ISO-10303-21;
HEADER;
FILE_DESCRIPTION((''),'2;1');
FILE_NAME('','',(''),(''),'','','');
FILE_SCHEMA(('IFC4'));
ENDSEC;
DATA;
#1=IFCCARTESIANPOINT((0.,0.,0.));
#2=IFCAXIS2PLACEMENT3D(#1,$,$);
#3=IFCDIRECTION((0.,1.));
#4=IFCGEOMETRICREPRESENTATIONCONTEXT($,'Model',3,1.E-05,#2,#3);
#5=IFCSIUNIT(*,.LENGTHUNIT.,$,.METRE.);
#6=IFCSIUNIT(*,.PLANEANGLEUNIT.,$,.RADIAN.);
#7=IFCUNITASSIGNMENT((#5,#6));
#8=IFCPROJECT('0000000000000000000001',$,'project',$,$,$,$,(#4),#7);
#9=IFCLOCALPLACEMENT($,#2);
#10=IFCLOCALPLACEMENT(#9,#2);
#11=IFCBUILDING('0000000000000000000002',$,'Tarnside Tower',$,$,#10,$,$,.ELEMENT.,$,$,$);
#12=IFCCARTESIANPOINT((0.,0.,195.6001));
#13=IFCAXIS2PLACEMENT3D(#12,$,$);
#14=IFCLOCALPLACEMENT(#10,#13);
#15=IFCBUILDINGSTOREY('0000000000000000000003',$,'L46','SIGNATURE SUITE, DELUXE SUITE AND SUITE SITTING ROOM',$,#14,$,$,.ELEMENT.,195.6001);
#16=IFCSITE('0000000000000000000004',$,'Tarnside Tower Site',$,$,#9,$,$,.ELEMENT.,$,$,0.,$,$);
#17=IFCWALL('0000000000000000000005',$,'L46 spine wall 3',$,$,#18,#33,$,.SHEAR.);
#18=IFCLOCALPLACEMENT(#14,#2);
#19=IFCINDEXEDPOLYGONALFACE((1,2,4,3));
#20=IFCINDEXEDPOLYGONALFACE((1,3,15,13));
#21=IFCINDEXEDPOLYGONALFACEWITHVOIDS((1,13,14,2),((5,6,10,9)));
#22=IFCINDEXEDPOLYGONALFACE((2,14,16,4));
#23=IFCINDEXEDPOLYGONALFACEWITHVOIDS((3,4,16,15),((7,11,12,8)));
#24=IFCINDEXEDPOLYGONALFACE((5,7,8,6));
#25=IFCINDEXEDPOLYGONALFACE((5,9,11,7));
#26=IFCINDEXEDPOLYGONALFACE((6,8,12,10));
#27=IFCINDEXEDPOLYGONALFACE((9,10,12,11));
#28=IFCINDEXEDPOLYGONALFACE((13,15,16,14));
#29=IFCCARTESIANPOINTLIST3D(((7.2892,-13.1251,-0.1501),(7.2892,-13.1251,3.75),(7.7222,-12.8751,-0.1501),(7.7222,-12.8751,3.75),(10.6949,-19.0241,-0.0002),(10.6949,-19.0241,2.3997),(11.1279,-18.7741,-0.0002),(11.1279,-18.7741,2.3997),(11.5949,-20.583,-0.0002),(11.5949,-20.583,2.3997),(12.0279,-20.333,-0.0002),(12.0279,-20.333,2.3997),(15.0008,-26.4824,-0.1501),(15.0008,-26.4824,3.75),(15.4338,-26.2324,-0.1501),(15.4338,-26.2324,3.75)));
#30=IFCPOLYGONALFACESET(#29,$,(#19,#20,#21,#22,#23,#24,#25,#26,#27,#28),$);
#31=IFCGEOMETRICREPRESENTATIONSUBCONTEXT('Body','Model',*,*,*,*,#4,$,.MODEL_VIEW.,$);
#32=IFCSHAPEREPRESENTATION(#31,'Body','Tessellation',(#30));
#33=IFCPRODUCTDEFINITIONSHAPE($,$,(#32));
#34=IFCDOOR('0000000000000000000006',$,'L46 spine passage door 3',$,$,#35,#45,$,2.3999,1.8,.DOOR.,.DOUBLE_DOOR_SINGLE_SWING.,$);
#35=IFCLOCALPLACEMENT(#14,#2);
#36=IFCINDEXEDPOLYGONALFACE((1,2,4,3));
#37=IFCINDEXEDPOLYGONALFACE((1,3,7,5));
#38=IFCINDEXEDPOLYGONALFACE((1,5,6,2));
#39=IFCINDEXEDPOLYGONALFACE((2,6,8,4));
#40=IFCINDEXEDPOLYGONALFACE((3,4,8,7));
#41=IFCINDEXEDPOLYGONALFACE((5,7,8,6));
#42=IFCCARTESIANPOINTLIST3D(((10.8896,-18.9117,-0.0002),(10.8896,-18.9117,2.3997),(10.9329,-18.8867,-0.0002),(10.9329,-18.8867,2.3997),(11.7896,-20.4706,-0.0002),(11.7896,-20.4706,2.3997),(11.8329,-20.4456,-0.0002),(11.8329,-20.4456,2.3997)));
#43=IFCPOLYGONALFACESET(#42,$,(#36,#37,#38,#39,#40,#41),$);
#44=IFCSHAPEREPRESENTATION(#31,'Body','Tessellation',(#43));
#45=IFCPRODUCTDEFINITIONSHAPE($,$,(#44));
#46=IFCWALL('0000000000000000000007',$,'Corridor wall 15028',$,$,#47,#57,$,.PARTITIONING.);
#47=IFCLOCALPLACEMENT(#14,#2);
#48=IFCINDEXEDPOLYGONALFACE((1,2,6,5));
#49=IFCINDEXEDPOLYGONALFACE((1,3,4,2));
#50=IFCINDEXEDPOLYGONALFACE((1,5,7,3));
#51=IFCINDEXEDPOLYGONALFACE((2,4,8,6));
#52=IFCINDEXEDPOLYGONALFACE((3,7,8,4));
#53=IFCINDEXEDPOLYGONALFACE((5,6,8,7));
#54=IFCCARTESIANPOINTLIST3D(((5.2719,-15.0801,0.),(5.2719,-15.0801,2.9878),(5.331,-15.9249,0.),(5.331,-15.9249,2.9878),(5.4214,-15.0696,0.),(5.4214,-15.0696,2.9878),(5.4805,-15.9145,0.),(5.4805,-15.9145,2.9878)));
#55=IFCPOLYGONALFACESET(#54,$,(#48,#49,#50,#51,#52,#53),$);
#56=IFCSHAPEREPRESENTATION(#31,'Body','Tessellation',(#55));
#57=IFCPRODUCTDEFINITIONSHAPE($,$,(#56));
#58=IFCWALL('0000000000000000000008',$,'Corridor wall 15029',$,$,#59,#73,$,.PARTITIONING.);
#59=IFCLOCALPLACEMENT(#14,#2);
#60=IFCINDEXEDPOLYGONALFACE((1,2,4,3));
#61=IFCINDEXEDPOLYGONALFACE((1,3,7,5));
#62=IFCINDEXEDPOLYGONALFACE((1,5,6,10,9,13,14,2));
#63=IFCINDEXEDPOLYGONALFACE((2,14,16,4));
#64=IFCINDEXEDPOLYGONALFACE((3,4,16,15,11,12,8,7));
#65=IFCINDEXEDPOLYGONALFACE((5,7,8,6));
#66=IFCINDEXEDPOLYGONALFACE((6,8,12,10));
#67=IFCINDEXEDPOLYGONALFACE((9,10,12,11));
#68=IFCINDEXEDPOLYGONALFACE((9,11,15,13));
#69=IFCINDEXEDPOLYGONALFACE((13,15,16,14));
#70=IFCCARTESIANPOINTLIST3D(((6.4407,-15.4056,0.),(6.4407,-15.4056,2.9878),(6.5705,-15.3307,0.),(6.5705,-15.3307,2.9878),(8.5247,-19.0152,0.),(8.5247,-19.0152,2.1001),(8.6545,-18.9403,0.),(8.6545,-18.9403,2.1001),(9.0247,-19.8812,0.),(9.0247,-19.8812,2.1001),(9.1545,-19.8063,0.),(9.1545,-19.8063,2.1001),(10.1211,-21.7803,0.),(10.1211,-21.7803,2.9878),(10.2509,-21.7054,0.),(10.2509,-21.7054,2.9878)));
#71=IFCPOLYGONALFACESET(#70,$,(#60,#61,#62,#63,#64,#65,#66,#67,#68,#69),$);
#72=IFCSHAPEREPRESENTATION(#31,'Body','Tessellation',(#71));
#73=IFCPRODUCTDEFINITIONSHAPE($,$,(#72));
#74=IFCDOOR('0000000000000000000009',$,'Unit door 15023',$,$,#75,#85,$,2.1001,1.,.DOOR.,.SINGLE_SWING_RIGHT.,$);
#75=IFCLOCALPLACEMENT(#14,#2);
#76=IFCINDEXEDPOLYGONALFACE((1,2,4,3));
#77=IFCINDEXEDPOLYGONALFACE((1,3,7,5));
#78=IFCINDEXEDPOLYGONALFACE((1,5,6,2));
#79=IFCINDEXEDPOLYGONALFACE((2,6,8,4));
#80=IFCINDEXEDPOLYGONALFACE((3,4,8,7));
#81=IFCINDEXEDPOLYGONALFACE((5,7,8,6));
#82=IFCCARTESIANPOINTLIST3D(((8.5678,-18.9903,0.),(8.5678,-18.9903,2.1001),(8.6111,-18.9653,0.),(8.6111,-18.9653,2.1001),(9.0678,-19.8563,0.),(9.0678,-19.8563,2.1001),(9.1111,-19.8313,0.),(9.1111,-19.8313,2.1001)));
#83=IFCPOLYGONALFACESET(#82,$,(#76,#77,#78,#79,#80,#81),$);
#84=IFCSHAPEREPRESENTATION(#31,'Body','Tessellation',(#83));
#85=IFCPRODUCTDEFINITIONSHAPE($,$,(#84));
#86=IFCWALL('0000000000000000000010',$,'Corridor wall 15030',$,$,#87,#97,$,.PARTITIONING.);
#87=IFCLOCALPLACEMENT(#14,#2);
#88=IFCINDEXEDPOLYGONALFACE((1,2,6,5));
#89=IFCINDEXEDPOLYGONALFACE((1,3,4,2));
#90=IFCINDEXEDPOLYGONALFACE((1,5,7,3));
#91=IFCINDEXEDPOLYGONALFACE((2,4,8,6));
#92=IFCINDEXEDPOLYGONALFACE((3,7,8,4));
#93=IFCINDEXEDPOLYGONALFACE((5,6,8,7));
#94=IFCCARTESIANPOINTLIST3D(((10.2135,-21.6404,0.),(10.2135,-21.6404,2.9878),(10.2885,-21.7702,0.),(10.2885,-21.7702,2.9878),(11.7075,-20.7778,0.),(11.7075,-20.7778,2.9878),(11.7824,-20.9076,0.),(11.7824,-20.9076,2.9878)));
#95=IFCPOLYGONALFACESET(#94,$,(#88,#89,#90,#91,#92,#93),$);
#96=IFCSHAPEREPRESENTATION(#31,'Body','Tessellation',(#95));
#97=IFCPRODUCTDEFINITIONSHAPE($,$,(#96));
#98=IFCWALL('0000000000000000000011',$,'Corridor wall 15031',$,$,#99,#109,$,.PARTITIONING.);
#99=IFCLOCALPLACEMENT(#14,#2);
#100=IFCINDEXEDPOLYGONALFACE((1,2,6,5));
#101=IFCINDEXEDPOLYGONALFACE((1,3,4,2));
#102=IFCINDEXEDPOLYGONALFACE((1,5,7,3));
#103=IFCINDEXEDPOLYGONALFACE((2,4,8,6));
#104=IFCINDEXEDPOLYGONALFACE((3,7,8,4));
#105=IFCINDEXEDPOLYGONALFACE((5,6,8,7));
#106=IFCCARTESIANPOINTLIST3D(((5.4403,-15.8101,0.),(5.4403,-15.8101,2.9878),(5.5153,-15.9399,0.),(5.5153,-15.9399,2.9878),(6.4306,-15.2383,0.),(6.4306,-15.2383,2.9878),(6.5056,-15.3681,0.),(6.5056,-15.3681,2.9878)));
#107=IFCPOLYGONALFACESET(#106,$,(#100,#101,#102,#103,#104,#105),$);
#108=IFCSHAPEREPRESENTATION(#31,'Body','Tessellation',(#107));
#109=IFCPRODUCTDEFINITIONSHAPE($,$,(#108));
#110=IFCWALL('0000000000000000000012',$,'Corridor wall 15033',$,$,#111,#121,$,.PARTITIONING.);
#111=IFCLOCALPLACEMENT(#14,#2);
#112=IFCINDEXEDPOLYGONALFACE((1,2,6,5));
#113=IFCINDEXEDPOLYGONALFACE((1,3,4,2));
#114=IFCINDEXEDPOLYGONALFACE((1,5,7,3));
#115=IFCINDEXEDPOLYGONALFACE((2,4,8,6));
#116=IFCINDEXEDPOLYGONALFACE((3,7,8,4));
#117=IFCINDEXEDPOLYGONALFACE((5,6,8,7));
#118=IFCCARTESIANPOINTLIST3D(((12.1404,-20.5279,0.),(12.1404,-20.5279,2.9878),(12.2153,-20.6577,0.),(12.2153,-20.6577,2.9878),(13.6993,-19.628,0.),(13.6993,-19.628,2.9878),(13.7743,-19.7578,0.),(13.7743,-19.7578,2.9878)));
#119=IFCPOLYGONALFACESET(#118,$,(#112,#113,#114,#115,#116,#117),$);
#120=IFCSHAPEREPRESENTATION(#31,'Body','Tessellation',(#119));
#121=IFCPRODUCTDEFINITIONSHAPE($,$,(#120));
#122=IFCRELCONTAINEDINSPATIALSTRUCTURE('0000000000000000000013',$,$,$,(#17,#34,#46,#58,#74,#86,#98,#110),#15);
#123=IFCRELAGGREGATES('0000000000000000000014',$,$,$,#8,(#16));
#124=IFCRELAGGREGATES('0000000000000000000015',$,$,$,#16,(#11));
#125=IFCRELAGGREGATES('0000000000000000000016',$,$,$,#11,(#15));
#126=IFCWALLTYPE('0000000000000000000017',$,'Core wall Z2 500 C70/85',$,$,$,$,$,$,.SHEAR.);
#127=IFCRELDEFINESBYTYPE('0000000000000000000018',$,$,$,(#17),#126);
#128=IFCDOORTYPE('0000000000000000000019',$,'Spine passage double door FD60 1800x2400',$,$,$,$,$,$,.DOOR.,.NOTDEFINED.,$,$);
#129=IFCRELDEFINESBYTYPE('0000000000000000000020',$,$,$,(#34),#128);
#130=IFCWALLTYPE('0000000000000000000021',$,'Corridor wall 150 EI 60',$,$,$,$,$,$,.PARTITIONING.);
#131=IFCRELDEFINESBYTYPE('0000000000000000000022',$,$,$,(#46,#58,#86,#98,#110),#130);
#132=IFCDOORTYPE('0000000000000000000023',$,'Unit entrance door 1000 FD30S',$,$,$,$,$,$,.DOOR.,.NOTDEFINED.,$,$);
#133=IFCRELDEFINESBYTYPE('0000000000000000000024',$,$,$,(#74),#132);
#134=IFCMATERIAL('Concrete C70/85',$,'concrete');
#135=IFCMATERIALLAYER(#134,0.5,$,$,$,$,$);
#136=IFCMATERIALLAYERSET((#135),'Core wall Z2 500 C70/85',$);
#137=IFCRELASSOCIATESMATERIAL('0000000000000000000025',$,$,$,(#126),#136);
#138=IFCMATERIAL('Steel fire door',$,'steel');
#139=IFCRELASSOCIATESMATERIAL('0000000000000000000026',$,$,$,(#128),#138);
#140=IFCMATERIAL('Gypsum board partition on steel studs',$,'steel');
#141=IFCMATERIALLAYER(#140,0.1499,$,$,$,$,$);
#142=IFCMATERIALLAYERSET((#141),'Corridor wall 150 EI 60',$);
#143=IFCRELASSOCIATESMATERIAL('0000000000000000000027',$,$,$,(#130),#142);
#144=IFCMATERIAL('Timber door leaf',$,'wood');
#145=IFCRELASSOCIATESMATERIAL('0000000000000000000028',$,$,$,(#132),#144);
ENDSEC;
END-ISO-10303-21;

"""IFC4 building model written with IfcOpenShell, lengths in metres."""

from ifc_helpers import new_model, si_unit, direction, frame, frame_2d, origin, place, context, subcontext, project, spatial, rectangle, extrude, material, layer, layer_set, type_object, element, fill, save


model = new_model("IFC4")

# Units and contexts
model_context = context("Model", 3, precision=1e-05, world=origin(), true_north=direction((0.0, 1.0)))
body_context = subcontext(model_context, "Body", "Model", "MODEL_VIEW")
ifc_project = project(units=[si_unit("LENGTHUNIT", "METRE"), si_unit("PLANEANGLEUNIT", "RADIAN")], contexts=[model_context])

# Site, building, storey
site_placement = place(None, origin())
site = spatial("IfcSite", under=ifc_project, at=site_placement, Name="Tarnside Tower Site", CompositionType="ELEMENT", RefElevation=0.0)
building_placement = place(site_placement, origin())
building = spatial("IfcBuilding", under=site, at=building_placement, Name="Tarnside Tower", CompositionType="ELEMENT")
storey_placement = place(building_placement, frame((0.0, 0.0, 195.6001)))
storey = spatial("IfcBuildingStorey", under=building, at=storey_placement, Name="L46", Description="SIGNATURE SUITE, DELUXE SUITE AND SUITE SITTING ROOM", CompositionType="ELEMENT", Elevation=195.6001)

# Shared definitions
ifc_material_1 = material(Name="Gypsum board partition on steel studs", Category="steel")
ifc_material_2 = material(Name="Timber door leaf", Category="wood")

# Wall, opening, door
ifc_material_3 = material(Name="Concrete C70/85", Category="concrete")
ifc_layer_1 = layer(ifc_material_3, 0.5)
ifc_layer_set_1 = layer_set([ifc_layer_1], Name="Core wall Z2 500 C70/85")
wall_type_1 = type_object("IfcWallType", Name="Core wall Z2 500 C70/85", PredefinedType="SHEAR", material=ifc_layer_set_1)
wall_1_placement = place(storey_placement, frame((7.5056, -13.0, -0.1501), z_axis=(0.0, 0.0, 1.0), x_axis=(0.499988, -0.866032, 0.0)))
wall_1 = element("IfcWall", 1, at=wall_1_placement, inside=storey, type_object=wall_type_1, Name="L46 spine wall 3", PredefinedType="SHEAR", context=body_context, shape_type="SweptSolid", body=[
    extrude(rectangle(XDim=15.4236, YDim=0.5, at=frame_2d((7.7119, 0.0))), origin(), (0.0, 0.0, 1.0), 3.9001),
])
opening_1_placement = place(wall_1_placement, frame((6.8118, 0.0, 0.1499)))
opening_1 = element("IfcOpeningElement", 2, at=opening_1_placement, cuts=wall_1, PredefinedType="OPENING", context=body_context, shape_type="SweptSolid", body=[
    extrude(rectangle(XDim=1.8, YDim=2.3999, at=frame_2d((0.8999, 1.2))), frame((0.0, 0.26, 0.0), z_axis=(0.0, -1.0, 0.0), x_axis=(1.0, 0.0, 0.0)), (0.0, 0.0, 1.0), 0.52),
])
ifc_material_4 = material(Name="Steel fire door", Category="steel")
door_type_1 = type_object("IfcDoorType", Name="Spine passage double door FD60 1800x2400", OperationType="NOTDEFINED", PredefinedType="DOOR", material=ifc_material_4)
door_1_placement = place(opening_1_placement, origin())
door_1 = element("IfcDoor", 3, at=door_1_placement, inside=storey, type_object=door_type_1, Name="L46 spine passage door 3", OperationType="DOUBLE_DOOR_SINGLE_SWING", OverallHeight=2.3999, OverallWidth=1.8, PredefinedType="DOOR", context=body_context, shape_type="SweptSolid", body=[
    extrude(rectangle(XDim=1.8, YDim=2.3999, at=frame_2d((0.8999, 1.2))), frame((0.0, 0.0249, 0.0), z_axis=(0.0, -1.0, 0.0), x_axis=(1.0, 0.0, 0.0)), (0.0, 0.0, 1.0), 0.05),
])
fill(opening_1, door_1)

# Wall
ifc_layer_2 = layer(ifc_material_1, 0.1499)
ifc_layer_set_2 = layer_set([ifc_layer_2], Name="Corridor wall 150 EI 60")
wall_type_2 = type_object("IfcWallType", Name="Corridor wall 150 EI 60", PredefinedType="PARTITIONING", material=ifc_layer_set_2)
wall_2_placement = place(storey_placement, frame((5.3467, -15.075, 0.0), z_axis=(0.0, 0.0, 1.0), x_axis=(0.069752, -0.997564, 0.0)))
element("IfcWall", 4, at=wall_2_placement, inside=storey, type_object=wall_type_2, Name="Corridor wall 15028", PredefinedType="PARTITIONING", context=body_context, shape_type="SweptSolid", body=[
    extrude(rectangle(XDim=0.8469, YDim=0.1499, at=frame_2d((0.4233, 0.0))), origin(), (0.0, 0.0, 1.0), 2.9878),
])

# Wall, opening, door
wall_3_placement = place(storey_placement, frame((6.5056, -15.3682, 0.0), z_axis=(0.0, 0.0, 1.0), x_axis=(0.499995, -0.866028, 0.0)))
wall_3 = element("IfcWall", 5, at=wall_3_placement, inside=storey, type_object=wall_type_2, Name="Corridor wall 15029", PredefinedType="PARTITIONING", context=body_context, shape_type="SweptSolid", body=[
    extrude(rectangle(XDim=7.3608, YDim=0.1499, at=frame_2d((3.6804, 0.0))), origin(), (0.0, 0.0, 1.0), 2.9878),
])
opening_2_placement = place(wall_3_placement, frame((4.168, 0.0, 0.0)))
opening_2 = element("IfcOpeningElement", 6, at=opening_2_placement, cuts=wall_3, PredefinedType="OPENING", context=body_context, shape_type="SweptSolid", body=[
    extrude(rectangle(XDim=1.0, YDim=2.1001, at=frame_2d((0.5, 1.05))), frame((0.0, 0.085, 0.0), z_axis=(0.0, -1.0, 0.0), x_axis=(1.0, 0.0, 0.0)), (0.0, 0.0, 1.0), 0.1699),
])
door_type_2 = type_object("IfcDoorType", Name="Unit entrance door 1000 FD30S", OperationType="NOTDEFINED", PredefinedType="DOOR", material=ifc_material_2)
door_2_placement = place(opening_2_placement, origin())
door_2 = element("IfcDoor", 7, at=door_2_placement, inside=storey, type_object=door_type_2, Name="Unit door 15023", OperationType="SINGLE_SWING_RIGHT", OverallHeight=2.1001, OverallWidth=1.0, PredefinedType="DOOR", context=body_context, shape_type="SweptSolid", body=[
    extrude(rectangle(XDim=1.0, YDim=2.1001, at=frame_2d((0.5, 1.05))), frame((0.0, 0.0249, 0.0), z_axis=(0.0, -1.0, 0.0), x_axis=(1.0, 0.0, 0.0)), (0.0, 0.0, 1.0), 0.05),
])
fill(opening_2, door_2)

# Walls
wall_4_placement = place(storey_placement, frame((10.251, -21.7053, 0.0), z_axis=(0.0, 0.0, 1.0), x_axis=(0.866014, 0.500021, 0.0)))
element("IfcWall", 8, at=wall_4_placement, inside=storey, type_object=wall_type_2, Name="Corridor wall 15030", PredefinedType="PARTITIONING", context=body_context, shape_type="SweptSolid", body=[
    extrude(rectangle(XDim=1.7251, YDim=0.1499, at=frame_2d((0.8625, 0.0))), origin(), (0.0, 0.0, 1.0), 2.9878),
])
wall_5_placement = place(storey_placement, frame((5.4778, -15.875, 0.0), z_axis=(0.0, 0.0, 1.0), x_axis=(0.866001, 0.500043, 0.0)))
element("IfcWall", 9, at=wall_5_placement, inside=storey, type_object=wall_type_2, Name="Corridor wall 15031", PredefinedType="PARTITIONING", context=body_context, shape_type="SweptSolid", body=[
    extrude(rectangle(XDim=1.1436, YDim=0.1499, at=frame_2d((0.5718, 0.0))), origin(), (0.0, 0.0, 1.0), 2.9878),
])
wall_6_placement = place(storey_placement, frame((12.178, -20.5928, 0.0), z_axis=(0.0, 0.0, 1.0), x_axis=(0.866048, 0.499961, 0.0)))
element("IfcWall", 10, at=wall_6_placement, inside=storey, type_object=wall_type_2, Name="Corridor wall 15033", PredefinedType="PARTITIONING", context=body_context, shape_type="SweptSolid", body=[
    extrude(rectangle(XDim=1.8, YDim=0.1499, at=frame_2d((0.8999, 0.0))), origin(), (0.0, 0.0, 1.0), 2.9878),
])

save(model, "model.ifc")
